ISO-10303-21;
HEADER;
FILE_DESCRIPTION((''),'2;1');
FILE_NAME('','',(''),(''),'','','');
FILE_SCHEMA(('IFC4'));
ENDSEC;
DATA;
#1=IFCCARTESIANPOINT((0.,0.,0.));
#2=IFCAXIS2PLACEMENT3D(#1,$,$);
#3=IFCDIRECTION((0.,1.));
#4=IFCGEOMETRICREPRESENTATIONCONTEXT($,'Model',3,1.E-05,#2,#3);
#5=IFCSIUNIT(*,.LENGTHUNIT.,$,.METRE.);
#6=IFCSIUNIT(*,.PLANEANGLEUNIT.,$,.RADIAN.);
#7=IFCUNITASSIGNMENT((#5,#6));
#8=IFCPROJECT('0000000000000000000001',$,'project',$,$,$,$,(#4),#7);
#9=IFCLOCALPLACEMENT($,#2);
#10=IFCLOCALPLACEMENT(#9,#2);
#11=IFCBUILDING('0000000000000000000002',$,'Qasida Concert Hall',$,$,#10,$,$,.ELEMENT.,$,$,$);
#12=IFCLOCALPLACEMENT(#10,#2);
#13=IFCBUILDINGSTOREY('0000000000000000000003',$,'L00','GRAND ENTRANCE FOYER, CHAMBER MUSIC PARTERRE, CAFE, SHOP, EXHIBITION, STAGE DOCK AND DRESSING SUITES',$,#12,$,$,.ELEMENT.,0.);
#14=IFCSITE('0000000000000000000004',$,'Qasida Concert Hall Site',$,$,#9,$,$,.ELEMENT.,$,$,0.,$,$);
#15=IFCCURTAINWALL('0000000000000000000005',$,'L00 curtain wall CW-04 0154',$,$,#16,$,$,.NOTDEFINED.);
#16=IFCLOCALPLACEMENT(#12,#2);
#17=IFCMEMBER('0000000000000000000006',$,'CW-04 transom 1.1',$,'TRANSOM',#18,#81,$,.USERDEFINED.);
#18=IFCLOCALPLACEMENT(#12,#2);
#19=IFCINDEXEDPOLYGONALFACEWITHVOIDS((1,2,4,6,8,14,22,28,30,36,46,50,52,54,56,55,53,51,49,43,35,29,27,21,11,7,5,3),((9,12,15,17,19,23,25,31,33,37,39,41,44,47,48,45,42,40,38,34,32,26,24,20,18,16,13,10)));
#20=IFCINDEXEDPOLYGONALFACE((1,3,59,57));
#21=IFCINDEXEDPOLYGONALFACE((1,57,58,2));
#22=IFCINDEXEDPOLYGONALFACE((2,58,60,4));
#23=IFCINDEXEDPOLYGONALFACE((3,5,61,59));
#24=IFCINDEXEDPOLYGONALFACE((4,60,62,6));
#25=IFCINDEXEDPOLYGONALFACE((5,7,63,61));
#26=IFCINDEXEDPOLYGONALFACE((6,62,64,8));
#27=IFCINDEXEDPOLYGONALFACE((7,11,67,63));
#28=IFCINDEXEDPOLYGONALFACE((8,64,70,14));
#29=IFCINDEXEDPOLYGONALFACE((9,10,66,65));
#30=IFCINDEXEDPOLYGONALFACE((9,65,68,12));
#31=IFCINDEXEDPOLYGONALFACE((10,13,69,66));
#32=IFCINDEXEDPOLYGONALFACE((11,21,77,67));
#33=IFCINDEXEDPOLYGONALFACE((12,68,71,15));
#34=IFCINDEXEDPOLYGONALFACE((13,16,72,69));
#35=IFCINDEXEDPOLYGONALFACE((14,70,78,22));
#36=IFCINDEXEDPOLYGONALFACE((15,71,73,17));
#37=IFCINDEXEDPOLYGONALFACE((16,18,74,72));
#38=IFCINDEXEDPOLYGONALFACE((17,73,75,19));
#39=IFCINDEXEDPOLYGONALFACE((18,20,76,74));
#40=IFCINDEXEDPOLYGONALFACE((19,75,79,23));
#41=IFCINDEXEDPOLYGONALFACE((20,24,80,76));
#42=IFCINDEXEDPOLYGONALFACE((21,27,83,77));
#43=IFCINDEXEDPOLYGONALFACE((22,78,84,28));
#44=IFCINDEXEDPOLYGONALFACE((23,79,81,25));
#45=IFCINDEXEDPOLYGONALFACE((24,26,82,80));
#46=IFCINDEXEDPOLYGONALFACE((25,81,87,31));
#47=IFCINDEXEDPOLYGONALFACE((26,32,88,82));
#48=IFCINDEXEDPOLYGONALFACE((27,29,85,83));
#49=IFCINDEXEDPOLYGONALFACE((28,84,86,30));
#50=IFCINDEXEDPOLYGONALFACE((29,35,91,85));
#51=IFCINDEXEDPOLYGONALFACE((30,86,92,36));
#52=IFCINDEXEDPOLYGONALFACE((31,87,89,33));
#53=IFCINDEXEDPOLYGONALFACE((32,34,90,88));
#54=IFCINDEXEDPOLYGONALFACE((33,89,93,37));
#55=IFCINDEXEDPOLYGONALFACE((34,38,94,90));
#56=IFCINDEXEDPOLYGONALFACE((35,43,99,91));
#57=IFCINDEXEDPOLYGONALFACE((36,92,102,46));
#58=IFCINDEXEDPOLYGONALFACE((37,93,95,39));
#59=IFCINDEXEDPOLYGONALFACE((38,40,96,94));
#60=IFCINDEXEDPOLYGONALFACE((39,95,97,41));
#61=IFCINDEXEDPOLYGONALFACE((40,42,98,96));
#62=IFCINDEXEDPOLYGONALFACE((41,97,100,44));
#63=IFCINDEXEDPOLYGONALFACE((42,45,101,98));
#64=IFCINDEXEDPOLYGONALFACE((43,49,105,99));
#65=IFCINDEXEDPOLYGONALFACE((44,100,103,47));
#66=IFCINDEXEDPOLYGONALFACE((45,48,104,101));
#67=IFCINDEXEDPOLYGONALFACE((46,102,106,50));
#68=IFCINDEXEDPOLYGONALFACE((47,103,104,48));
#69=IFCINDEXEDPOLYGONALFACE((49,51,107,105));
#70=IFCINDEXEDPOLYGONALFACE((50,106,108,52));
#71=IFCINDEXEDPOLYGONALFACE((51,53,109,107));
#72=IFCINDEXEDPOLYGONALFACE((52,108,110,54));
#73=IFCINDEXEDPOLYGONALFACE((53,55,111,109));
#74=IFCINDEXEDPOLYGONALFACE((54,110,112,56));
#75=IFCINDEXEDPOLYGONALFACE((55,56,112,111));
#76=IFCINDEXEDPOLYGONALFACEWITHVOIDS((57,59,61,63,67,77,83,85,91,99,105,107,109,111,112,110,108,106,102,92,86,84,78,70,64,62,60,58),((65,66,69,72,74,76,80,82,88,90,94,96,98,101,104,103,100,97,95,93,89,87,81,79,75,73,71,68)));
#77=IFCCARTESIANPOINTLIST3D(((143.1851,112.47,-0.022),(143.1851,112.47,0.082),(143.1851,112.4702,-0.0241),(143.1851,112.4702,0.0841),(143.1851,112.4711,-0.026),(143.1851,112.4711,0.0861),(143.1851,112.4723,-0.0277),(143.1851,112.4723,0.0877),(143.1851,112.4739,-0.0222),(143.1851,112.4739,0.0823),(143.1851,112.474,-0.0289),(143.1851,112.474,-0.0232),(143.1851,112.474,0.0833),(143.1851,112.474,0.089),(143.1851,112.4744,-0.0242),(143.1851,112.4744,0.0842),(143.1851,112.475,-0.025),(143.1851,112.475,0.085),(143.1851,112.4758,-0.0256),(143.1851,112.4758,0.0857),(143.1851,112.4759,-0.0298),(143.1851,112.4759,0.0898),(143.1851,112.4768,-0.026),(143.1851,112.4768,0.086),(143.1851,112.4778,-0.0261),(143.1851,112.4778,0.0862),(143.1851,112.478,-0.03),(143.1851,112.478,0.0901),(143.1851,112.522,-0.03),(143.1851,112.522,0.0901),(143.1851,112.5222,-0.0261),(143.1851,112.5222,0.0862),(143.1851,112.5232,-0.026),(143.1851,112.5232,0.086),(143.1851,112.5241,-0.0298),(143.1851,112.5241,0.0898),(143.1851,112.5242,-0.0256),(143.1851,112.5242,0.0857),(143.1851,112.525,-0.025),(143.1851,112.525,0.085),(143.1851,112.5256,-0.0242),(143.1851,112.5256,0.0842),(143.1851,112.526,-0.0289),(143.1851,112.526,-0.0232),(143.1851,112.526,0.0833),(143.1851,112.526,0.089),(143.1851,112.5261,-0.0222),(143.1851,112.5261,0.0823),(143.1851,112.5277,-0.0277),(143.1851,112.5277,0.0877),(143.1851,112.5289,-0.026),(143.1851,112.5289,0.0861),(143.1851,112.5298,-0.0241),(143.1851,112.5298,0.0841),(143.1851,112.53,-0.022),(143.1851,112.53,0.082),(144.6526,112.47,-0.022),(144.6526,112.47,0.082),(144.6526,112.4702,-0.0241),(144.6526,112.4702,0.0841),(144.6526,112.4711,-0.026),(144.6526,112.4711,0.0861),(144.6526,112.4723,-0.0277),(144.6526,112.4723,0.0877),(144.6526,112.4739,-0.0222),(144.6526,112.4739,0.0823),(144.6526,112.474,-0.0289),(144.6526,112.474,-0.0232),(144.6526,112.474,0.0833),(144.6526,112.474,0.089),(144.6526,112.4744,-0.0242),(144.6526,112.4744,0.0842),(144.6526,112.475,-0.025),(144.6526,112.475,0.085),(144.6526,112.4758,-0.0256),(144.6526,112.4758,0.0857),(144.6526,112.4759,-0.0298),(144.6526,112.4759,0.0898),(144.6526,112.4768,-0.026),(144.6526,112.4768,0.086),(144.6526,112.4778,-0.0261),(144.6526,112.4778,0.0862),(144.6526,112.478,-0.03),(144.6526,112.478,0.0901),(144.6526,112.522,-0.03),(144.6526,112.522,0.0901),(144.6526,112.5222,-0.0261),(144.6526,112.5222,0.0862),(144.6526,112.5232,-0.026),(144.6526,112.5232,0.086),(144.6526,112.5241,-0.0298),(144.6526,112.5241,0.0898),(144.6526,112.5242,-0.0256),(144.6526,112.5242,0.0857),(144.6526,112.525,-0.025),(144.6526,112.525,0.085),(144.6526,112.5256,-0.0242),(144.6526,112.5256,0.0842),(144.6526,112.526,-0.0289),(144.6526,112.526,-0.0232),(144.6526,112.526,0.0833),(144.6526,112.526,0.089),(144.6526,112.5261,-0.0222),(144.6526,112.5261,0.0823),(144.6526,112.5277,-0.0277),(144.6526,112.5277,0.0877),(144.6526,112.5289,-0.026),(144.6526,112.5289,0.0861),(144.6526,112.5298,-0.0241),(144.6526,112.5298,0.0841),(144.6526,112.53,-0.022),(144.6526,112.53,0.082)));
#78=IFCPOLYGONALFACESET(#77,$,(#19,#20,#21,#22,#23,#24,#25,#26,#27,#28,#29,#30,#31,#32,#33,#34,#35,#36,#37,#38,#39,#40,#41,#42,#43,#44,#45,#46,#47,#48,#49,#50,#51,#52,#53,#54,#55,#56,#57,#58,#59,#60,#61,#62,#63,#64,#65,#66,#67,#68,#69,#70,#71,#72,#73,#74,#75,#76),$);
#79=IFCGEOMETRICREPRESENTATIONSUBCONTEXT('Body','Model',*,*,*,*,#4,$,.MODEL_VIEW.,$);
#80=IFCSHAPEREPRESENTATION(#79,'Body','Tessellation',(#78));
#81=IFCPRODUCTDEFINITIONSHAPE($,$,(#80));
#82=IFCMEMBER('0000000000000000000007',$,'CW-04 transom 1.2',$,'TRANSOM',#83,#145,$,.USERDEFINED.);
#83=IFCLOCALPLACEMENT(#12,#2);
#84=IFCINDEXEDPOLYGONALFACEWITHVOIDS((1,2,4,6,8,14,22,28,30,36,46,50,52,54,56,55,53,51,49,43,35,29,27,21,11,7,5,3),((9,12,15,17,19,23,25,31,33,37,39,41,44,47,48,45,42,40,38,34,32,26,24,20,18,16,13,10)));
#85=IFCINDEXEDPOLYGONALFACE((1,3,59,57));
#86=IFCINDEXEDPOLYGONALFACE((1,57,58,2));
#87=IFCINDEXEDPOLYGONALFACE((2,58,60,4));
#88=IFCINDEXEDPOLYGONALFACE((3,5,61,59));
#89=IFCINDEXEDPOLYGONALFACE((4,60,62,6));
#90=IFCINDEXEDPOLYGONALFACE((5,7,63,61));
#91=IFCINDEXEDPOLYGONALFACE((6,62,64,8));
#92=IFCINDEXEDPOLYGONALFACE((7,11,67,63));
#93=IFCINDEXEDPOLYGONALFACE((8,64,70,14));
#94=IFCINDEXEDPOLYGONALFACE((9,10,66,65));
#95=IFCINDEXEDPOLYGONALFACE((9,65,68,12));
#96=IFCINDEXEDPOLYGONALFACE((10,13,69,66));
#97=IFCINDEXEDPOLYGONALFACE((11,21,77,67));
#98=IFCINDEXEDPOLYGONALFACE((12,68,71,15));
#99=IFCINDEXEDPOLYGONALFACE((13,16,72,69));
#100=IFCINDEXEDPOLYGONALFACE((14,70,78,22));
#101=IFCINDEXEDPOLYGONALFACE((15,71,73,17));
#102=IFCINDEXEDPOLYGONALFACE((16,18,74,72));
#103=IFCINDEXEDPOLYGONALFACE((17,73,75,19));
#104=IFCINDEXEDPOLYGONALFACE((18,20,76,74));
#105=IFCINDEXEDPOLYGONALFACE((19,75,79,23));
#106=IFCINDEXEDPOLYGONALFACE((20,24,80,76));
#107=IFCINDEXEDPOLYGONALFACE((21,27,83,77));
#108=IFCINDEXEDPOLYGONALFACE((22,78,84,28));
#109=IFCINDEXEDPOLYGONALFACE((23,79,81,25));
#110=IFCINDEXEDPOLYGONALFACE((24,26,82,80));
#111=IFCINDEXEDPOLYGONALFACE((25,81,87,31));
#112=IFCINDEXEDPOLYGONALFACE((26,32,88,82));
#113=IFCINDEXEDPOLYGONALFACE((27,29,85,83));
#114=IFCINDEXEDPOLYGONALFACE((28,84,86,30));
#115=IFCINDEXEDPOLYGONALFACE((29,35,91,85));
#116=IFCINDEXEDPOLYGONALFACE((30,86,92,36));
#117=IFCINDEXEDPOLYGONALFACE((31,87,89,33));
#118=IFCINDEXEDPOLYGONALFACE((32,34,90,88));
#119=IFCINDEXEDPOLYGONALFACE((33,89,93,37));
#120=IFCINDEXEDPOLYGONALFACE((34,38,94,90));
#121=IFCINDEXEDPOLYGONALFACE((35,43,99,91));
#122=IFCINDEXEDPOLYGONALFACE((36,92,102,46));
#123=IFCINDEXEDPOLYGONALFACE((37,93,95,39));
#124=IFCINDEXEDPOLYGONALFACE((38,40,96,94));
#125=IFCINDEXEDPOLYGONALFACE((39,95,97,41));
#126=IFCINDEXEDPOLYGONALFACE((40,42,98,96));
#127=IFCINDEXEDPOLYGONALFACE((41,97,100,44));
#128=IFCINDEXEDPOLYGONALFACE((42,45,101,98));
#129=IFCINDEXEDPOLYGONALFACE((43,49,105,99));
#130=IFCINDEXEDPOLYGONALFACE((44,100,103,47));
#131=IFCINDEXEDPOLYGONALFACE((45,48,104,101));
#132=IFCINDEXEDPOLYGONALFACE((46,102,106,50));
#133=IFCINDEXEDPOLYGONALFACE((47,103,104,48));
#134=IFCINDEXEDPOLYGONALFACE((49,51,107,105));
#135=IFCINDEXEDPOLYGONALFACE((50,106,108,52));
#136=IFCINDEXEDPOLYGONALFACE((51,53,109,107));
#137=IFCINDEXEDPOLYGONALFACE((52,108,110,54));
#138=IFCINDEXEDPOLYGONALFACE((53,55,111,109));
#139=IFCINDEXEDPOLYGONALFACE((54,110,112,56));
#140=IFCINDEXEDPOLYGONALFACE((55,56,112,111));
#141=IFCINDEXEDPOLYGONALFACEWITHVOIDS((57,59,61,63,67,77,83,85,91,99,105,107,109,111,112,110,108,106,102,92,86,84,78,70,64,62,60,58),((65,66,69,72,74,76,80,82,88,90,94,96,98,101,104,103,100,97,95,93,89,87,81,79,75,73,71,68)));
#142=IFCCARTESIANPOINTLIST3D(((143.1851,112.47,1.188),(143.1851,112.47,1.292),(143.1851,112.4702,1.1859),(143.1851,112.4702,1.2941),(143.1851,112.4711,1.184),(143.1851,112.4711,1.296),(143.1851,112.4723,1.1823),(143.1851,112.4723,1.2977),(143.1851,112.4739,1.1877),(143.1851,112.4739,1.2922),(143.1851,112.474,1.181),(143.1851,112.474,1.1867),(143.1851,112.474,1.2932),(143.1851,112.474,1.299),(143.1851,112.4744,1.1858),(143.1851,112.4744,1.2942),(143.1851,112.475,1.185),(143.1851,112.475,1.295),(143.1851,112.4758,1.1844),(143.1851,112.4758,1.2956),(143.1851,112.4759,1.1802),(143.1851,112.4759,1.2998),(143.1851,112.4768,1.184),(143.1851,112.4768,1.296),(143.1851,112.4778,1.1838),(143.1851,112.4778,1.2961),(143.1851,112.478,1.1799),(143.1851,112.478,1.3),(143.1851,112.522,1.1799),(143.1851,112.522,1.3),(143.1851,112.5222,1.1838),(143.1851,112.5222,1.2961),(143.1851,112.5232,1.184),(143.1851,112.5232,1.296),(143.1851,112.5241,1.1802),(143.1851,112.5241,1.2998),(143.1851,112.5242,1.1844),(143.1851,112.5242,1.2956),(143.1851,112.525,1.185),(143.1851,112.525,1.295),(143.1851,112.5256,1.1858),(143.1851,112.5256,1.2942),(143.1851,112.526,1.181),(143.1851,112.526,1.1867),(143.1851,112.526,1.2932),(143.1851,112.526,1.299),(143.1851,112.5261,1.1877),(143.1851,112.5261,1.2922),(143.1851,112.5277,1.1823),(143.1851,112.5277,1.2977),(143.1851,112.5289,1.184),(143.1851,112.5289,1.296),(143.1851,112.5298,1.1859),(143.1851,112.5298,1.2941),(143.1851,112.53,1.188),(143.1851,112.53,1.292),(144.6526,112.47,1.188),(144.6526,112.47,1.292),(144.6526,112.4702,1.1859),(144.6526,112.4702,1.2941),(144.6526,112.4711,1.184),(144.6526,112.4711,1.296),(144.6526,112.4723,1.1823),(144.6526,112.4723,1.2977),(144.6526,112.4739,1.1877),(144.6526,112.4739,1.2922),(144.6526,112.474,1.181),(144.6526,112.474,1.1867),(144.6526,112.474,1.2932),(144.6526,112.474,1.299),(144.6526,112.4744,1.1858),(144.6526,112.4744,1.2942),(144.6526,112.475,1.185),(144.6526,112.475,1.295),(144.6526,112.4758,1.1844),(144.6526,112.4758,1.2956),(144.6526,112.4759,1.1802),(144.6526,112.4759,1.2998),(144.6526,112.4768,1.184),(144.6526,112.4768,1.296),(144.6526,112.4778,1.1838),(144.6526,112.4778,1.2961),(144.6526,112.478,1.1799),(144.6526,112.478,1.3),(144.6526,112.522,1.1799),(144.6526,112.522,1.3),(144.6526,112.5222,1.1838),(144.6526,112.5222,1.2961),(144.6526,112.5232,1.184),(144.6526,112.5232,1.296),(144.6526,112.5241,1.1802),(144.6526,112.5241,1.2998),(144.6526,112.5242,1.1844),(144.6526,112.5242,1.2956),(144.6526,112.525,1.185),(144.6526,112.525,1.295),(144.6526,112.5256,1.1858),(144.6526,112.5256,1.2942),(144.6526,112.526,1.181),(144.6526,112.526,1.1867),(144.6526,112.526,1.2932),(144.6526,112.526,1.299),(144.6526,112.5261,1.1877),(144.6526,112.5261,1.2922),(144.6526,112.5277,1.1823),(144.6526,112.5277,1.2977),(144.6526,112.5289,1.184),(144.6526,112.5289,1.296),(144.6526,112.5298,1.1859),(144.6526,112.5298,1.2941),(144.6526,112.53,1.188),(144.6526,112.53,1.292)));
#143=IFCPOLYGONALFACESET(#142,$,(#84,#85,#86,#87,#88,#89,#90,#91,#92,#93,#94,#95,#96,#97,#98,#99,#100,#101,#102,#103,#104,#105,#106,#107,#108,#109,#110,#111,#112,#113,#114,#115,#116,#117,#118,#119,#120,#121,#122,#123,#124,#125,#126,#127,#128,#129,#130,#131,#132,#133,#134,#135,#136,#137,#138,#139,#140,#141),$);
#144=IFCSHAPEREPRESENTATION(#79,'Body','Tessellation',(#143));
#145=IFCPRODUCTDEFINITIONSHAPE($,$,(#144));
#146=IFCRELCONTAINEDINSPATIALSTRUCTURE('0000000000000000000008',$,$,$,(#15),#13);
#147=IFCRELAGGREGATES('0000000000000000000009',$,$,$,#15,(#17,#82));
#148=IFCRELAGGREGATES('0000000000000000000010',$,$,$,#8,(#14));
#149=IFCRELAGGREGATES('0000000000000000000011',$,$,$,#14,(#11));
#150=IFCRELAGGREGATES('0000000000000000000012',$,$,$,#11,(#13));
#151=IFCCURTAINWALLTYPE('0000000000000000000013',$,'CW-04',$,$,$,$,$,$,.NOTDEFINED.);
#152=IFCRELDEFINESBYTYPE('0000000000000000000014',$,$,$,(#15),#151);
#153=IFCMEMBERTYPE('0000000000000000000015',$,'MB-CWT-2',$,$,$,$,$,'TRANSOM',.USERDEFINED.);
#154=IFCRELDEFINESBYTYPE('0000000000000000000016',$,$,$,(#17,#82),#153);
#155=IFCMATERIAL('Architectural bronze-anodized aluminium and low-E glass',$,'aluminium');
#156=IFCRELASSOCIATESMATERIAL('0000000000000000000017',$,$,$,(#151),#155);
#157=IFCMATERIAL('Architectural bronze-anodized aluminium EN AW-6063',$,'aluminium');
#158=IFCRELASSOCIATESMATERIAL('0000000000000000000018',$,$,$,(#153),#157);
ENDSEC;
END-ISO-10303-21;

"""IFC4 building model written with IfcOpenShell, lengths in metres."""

from ifc_helpers import new_model, si_unit, direction, frame, origin, origin_2d, place, context, subcontext, project, spatial, hollow_rectangle, extrude, material, material_profile, profile_set, type_object, element, aggregate, save


model = new_model("IFC4")

# Units and contexts
model_context = context("Model", 3, precision=1e-05, world=origin(), true_north=direction((0.0, 1.0)))
body_context = subcontext(model_context, "Body", "Model", "MODEL_VIEW")
ifc_project = project(units=[si_unit("LENGTHUNIT", "METRE"), si_unit("PLANEANGLEUNIT", "RADIAN")], contexts=[model_context])

# Site, building, storey
site_placement = place(None, origin())
site = spatial("IfcSite", under=ifc_project, at=site_placement, Name="Qasida Concert Hall Site", CompositionType="ELEMENT", RefElevation=0.0)
building_placement = place(site_placement, origin())
building = spatial("IfcBuilding", under=site, at=building_placement, Name="Qasida Concert Hall", CompositionType="ELEMENT")
storey_placement = place(building_placement, origin())
storey = spatial("IfcBuildingStorey", under=building, at=storey_placement, Name="L00", Description="GRAND ENTRANCE FOYER, CHAMBER MUSIC PARTERRE, CAFE, SHOP, EXHIBITION, STAGE DOCK AND DRESSING SUITES", CompositionType="ELEMENT", Elevation=0.0)

# Shared definitions
ifc_material_1 = material(Name="Architectural bronze-anodized aluminium and low-E glass", Category="aluminium")
curtain_wall_type = type_object("IfcCurtainWallType", Name="CW-04", PredefinedType="NOTDEFINED", material=ifc_material_1)
ifc_material_2 = material(Name="Architectural bronze-anodized aluminium EN AW-6063", Category="aluminium")

# Curtain wall, members
curtain_wall_1_placement = place(storey_placement, origin())
curtain_wall_1 = element("IfcCurtainWall", 1, at=curtain_wall_1_placement, inside=storey, type_object=curtain_wall_type, Name="L00 curtain wall CW-04 0154", PredefinedType="NOTDEFINED")
ifc_material_profile_1 = material_profile(ifc_material_2, hollow_rectangle(XDim=0.0601, YDim=0.1201, WallThickness=0.0039, InnerFilletRadius=0.0039, OuterFilletRadius=0.0081, at=origin_2d()), Name="CWT 120x60x4")
ifc_profile_set_1 = profile_set([ifc_material_profile_1], Name="Architectural bronze-anodized aluminium EN AW-6063")
member_type_1 = type_object("IfcMemberType", Name="MB-CWT-2", ElementType="TRANSOM", PredefinedType="USERDEFINED", material=ifc_profile_set_1)
member_1_placement = place(storey_placement, frame((143.1851, 112.5, 0.03), z_axis=(1.0, 0.0, 0.0), x_axis=(0.0, 1.0, 0.0)))
member_1 = element("IfcMember", 2, at=member_1_placement, type_object=member_type_1, Name="CW-04 transom 1.1", ObjectType="TRANSOM", PredefinedType="USERDEFINED", context=body_context, shape_type="SweptSolid", body=[
    extrude(hollow_rectangle(XDim=0.0601, YDim=0.1201, WallThickness=0.0039, InnerFilletRadius=0.0039, OuterFilletRadius=0.0081, at=origin_2d()), origin(), (0.0, 0.0, 1.0), 1.4675),
])
member_2_placement = place(storey_placement, frame((143.1851, 112.5, 1.24), z_axis=(1.0, 0.0, 0.0), x_axis=(0.0, 1.0, 0.0)))
member_2 = element("IfcMember", 3, at=member_2_placement, type_object=member_type_1, Name="CW-04 transom 1.2", ObjectType="TRANSOM", PredefinedType="USERDEFINED", context=body_context, shape_type="SweptSolid", body=[
    extrude(hollow_rectangle(XDim=0.0601, YDim=0.1201, WallThickness=0.0039, InnerFilletRadius=0.0039, OuterFilletRadius=0.0081, at=origin_2d()), origin(), (0.0, 0.0, 1.0), 1.4675),
])
aggregate(curtain_wall_1, [member_1, member_2])

save(model, "model.ifc")
